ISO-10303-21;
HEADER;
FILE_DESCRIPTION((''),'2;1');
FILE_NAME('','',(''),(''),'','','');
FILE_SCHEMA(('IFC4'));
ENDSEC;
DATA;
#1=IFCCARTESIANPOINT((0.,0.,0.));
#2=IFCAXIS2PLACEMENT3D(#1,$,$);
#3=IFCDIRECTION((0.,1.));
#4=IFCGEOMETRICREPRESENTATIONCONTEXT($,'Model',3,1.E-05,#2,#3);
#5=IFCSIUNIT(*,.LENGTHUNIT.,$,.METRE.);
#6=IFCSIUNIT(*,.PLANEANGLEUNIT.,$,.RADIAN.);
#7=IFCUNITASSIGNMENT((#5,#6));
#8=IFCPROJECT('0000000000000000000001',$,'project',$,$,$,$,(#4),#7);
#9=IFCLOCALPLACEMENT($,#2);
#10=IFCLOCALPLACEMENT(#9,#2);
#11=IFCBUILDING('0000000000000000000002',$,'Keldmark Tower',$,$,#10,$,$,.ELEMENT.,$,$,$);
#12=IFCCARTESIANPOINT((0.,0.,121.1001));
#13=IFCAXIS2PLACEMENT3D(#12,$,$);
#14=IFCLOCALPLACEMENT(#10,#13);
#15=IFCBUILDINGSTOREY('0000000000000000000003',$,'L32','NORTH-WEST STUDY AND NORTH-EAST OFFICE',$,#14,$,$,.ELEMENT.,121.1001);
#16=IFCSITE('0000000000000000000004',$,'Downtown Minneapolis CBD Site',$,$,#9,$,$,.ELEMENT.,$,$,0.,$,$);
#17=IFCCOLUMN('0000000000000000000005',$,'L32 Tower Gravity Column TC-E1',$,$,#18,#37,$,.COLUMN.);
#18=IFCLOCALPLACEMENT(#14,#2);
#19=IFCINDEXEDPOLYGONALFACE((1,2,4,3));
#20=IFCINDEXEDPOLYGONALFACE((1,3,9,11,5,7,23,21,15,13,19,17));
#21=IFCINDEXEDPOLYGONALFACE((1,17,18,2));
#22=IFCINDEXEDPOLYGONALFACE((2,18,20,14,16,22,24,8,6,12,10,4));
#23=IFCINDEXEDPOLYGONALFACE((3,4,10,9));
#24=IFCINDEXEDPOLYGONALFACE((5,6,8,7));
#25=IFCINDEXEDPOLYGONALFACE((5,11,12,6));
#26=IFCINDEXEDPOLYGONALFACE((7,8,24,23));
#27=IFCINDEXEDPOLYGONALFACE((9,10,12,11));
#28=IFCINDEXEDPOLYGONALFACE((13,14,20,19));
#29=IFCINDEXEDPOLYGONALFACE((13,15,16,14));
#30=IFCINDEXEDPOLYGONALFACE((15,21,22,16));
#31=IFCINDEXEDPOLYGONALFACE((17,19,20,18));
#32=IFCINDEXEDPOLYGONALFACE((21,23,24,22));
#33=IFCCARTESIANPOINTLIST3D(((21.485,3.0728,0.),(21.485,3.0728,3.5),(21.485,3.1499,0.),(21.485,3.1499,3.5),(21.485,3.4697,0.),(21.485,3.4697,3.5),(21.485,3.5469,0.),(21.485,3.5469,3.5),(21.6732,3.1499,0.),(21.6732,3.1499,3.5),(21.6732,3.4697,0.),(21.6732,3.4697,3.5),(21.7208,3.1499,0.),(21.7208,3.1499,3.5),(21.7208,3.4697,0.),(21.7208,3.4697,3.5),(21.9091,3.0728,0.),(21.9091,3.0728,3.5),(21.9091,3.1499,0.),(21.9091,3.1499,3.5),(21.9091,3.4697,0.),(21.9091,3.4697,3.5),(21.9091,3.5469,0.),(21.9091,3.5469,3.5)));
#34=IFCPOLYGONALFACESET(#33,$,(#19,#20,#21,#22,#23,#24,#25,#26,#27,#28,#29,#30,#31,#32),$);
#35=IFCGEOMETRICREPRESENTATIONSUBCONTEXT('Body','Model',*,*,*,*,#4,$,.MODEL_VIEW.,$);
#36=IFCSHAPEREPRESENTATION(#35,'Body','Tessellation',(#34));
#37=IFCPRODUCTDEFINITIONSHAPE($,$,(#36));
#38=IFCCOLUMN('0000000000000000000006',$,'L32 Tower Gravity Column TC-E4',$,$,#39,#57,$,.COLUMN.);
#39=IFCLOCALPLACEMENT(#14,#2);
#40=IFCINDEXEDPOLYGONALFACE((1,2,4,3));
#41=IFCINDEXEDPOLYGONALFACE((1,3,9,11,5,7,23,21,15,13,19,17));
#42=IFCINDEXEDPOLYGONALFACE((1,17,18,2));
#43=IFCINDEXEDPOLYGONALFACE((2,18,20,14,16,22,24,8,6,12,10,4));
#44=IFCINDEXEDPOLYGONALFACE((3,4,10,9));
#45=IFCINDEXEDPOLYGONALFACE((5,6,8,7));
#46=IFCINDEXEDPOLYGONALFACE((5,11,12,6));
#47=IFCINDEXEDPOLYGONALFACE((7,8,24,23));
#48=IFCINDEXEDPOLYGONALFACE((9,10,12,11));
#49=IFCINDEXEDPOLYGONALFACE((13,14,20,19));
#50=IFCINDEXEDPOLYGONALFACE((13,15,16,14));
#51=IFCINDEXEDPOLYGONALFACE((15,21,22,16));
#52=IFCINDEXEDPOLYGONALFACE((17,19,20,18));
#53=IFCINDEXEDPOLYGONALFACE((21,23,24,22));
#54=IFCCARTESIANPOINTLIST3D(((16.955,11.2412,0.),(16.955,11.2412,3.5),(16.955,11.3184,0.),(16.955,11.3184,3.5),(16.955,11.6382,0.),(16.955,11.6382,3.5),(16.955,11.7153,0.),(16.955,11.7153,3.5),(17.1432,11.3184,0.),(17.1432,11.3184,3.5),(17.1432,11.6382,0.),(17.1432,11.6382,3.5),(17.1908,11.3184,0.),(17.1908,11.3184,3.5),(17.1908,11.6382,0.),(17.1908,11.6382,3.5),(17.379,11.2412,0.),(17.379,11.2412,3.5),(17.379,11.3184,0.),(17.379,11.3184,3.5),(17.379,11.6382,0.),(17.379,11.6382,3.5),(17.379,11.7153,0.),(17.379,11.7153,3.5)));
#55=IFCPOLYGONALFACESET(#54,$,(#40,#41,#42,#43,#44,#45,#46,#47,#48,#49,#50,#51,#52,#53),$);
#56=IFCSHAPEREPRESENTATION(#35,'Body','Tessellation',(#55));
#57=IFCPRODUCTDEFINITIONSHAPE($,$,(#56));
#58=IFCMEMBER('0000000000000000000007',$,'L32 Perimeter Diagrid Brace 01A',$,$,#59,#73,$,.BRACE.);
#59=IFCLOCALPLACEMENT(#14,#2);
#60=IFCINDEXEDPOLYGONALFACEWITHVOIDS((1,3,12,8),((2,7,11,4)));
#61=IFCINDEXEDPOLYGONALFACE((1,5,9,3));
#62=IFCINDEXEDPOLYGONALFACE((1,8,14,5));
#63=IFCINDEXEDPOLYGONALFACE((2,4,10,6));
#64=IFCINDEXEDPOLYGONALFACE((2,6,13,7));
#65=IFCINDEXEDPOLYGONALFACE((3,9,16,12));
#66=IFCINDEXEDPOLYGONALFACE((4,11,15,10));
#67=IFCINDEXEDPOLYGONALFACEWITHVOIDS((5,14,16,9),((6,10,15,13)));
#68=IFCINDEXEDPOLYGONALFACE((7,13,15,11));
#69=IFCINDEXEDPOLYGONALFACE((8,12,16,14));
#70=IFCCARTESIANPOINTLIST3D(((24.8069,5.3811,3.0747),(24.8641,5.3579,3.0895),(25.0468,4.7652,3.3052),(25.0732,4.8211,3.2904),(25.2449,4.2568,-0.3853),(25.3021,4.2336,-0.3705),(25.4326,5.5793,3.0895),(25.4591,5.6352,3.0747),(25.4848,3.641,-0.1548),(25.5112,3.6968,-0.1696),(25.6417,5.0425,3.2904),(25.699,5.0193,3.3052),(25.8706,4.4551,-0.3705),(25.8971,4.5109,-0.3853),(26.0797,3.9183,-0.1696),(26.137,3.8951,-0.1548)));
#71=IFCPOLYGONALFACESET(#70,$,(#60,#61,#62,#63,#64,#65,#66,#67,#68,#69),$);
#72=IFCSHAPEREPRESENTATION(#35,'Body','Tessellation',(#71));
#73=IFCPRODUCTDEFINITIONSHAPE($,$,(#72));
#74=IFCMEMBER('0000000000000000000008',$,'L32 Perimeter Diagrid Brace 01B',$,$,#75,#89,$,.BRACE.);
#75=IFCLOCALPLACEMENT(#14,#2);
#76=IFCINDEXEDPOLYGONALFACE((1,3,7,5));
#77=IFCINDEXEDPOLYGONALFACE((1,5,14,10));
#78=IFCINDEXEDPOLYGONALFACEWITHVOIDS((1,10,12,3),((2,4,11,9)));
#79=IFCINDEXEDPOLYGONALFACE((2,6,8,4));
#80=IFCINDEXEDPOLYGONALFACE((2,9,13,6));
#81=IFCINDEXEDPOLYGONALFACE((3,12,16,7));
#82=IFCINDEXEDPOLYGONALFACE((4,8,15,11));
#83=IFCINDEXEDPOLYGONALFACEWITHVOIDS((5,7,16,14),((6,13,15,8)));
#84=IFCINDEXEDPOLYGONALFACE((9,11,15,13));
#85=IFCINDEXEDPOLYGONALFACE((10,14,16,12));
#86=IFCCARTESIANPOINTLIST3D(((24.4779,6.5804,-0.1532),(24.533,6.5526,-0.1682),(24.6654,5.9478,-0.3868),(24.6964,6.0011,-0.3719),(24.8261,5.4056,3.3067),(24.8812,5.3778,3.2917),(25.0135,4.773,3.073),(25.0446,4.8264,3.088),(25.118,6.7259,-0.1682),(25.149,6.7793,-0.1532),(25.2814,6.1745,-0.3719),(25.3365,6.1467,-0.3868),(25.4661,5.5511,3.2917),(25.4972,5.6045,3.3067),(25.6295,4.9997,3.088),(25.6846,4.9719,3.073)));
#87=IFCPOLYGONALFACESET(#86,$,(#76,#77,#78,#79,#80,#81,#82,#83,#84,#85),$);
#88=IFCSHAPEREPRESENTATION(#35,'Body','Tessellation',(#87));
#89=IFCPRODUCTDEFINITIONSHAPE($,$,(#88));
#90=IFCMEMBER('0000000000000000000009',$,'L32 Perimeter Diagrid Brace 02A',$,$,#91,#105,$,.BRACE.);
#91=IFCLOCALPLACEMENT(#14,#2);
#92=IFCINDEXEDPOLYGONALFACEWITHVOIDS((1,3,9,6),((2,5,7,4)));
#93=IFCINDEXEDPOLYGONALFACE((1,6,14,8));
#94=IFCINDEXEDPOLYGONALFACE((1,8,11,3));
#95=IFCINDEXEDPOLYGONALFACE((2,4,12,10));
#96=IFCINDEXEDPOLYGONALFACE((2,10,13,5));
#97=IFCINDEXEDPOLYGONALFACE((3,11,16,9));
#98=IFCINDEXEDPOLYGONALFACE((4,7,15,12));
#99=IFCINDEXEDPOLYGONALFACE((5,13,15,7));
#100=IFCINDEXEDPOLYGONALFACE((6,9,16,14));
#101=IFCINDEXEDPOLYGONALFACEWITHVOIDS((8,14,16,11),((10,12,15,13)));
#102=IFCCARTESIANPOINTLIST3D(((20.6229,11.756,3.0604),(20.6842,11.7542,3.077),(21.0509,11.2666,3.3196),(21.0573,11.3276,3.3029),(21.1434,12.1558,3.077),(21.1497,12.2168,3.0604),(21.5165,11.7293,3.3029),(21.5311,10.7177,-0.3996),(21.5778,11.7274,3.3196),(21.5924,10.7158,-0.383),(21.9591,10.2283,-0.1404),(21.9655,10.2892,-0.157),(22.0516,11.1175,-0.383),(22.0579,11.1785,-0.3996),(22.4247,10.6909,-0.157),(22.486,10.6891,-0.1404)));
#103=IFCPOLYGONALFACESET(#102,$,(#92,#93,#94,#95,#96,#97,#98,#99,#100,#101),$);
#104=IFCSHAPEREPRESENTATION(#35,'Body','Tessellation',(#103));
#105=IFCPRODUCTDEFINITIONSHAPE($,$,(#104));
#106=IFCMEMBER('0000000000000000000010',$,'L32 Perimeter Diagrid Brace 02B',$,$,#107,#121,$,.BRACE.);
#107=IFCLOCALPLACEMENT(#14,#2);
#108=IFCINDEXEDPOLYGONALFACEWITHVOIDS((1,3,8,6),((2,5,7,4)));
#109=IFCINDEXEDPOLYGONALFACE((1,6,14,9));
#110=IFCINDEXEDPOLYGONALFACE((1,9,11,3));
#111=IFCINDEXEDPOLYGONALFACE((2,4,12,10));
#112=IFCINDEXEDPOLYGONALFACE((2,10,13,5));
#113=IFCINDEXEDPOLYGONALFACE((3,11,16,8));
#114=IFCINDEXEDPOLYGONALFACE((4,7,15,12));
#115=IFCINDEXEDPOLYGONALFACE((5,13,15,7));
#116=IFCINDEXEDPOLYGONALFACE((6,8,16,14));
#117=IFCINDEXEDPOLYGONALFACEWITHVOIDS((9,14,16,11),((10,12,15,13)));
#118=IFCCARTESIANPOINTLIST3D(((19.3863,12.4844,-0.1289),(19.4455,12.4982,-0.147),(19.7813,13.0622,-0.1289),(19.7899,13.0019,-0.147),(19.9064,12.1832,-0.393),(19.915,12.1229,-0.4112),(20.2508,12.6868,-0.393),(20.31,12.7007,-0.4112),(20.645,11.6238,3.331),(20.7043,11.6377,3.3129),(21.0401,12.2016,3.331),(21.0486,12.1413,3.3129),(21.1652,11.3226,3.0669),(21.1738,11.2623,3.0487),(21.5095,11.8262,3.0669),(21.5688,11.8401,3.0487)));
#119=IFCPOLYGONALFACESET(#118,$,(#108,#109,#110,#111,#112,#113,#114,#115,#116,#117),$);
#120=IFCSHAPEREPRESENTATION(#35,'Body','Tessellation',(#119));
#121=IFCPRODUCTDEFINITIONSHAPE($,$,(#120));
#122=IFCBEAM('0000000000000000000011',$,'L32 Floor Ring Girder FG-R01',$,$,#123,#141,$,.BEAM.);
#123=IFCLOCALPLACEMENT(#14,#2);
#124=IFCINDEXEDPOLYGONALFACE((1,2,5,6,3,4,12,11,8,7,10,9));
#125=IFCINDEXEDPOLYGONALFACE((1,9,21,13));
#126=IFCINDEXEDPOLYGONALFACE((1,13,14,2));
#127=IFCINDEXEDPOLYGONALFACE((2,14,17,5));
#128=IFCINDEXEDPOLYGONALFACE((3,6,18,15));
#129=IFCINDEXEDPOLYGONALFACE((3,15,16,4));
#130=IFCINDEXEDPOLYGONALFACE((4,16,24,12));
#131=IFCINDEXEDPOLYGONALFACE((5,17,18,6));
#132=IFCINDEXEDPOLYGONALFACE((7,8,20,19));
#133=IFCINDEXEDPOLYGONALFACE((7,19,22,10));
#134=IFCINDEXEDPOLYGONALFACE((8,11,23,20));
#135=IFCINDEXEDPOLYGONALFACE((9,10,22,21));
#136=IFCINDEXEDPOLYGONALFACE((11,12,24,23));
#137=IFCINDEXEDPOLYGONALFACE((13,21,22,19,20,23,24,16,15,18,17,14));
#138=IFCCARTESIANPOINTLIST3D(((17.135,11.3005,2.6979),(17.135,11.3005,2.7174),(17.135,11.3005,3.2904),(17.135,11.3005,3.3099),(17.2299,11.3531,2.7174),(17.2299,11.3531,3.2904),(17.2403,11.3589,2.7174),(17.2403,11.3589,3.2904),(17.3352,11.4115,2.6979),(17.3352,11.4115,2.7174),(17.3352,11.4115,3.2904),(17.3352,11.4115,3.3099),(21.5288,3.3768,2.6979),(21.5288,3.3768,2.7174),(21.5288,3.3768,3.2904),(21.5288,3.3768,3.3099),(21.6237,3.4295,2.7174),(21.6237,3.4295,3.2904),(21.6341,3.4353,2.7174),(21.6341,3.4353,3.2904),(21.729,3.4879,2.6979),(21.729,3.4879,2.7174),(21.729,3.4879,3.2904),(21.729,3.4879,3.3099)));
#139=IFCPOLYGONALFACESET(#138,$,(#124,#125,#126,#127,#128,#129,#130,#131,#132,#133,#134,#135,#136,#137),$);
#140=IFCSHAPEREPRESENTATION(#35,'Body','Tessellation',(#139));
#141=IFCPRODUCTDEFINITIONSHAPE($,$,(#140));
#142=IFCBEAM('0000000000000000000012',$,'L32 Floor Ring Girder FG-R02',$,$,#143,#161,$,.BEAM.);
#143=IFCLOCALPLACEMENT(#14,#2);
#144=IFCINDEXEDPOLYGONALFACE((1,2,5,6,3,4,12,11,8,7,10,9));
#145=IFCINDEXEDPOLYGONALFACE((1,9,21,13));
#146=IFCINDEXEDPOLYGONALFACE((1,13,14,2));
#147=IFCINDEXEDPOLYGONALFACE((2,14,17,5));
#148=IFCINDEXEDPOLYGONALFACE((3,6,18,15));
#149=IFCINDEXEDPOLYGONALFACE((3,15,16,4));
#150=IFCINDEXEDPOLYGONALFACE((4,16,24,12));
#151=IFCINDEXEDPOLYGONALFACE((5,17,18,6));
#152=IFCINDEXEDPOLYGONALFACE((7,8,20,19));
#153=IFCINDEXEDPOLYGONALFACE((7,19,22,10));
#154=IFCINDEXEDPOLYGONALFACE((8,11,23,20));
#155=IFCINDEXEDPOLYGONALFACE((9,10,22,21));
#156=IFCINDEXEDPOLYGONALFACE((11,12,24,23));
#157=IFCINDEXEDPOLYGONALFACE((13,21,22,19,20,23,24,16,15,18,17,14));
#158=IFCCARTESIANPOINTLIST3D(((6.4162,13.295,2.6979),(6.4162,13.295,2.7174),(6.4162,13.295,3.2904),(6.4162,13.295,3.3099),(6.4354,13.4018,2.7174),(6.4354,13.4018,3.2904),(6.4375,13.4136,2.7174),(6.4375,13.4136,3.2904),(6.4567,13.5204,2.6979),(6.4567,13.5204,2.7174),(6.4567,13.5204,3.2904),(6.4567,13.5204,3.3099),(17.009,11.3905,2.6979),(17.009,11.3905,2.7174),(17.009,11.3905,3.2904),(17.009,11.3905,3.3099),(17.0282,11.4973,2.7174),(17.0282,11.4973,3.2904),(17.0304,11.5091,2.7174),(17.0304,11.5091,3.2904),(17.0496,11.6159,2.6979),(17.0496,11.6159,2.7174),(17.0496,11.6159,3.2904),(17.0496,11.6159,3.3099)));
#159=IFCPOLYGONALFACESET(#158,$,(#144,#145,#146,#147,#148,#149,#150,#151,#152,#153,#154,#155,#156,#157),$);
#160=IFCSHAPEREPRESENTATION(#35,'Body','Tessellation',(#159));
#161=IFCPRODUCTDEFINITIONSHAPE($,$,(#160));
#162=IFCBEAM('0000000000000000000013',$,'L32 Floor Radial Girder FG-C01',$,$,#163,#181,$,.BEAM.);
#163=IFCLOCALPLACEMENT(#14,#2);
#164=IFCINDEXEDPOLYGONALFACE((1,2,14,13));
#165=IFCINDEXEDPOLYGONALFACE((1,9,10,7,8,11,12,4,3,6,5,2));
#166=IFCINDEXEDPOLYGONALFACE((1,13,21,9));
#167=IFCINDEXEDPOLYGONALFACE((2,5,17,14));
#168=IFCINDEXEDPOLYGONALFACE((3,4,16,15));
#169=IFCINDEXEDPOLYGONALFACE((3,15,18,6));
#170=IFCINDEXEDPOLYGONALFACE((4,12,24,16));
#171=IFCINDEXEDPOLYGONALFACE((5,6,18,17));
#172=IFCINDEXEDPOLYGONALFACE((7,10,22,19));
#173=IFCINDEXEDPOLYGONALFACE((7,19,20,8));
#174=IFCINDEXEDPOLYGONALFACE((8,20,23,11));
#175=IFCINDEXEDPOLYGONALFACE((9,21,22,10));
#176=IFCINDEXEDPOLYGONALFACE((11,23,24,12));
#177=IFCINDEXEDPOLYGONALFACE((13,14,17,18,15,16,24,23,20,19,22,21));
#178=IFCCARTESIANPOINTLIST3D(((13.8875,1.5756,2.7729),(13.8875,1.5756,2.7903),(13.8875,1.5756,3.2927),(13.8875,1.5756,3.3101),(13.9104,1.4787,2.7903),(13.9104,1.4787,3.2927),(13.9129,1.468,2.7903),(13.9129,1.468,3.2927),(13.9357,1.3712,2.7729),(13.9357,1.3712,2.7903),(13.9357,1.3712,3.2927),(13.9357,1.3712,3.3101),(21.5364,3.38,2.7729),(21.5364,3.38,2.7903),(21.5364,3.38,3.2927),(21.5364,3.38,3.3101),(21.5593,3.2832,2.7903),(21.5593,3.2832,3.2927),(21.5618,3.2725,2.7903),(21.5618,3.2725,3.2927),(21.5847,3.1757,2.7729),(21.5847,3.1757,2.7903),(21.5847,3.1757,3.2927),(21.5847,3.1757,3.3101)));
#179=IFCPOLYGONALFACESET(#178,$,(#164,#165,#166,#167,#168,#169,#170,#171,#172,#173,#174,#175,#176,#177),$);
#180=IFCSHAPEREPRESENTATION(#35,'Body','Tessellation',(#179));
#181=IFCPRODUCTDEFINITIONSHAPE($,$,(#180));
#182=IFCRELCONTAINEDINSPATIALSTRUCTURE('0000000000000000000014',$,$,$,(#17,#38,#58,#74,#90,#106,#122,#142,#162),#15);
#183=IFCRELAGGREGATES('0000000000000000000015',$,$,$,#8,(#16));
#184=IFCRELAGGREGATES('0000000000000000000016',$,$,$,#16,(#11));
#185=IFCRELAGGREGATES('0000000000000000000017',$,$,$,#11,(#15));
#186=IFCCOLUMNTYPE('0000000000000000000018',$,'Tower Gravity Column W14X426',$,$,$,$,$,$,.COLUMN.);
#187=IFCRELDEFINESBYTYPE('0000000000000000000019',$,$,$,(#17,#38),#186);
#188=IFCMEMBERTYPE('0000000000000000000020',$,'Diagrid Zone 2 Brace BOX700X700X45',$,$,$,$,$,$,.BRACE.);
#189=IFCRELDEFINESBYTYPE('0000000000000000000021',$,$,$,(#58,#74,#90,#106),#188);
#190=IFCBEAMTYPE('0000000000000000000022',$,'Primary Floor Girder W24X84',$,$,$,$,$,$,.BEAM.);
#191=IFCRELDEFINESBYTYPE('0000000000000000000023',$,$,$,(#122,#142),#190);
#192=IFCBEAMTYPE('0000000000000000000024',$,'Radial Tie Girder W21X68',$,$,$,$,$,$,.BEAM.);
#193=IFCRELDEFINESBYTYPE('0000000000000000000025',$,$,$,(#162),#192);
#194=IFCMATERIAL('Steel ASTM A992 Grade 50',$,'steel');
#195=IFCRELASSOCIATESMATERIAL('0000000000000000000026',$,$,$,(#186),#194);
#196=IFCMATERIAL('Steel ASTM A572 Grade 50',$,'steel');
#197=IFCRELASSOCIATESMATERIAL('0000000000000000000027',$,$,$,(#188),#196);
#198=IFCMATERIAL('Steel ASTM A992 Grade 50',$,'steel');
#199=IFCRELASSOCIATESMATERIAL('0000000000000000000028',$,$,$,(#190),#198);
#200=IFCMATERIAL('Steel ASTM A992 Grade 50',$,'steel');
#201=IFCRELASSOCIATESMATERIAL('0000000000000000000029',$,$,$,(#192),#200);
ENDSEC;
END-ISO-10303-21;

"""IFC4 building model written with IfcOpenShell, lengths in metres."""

from ifc_helpers import new_model, si_unit, direction, frame, origin, origin_2d, place, context, subcontext, project, spatial, hollow_rectangle, i_section, extrude, material, material_profile, profile_set, type_object, element, save


model = new_model("IFC4")

# Units and contexts
model_context = context("Model", 3, precision=1e-05, world=origin(), true_north=direction((0.0, 1.0)))
body_context = subcontext(model_context, "Body", "Model", "MODEL_VIEW")
ifc_project = project(units=[si_unit("LENGTHUNIT", "METRE"), si_unit("PLANEANGLEUNIT", "RADIAN")], contexts=[model_context])

# Site, building, storey
site_placement = place(None, origin())
site = spatial("IfcSite", under=ifc_project, at=site_placement, Name="Downtown Minneapolis CBD Site", CompositionType="ELEMENT", RefElevation=0.0)
building_placement = place(site_placement, origin())
building = spatial("IfcBuilding", under=site, at=building_placement, Name="Keldmark Tower", CompositionType="ELEMENT")
storey_placement = place(building_placement, frame((0.0, 0.0, 121.1001)))
storey = spatial("IfcBuildingStorey", under=building, at=storey_placement, Name="L32", Description="NORTH-WEST STUDY AND NORTH-EAST OFFICE", CompositionType="ELEMENT", Elevation=121.1001)

# Columns
ifc_material_1 = material(Name="Steel ASTM A992 Grade 50", Category="steel")
ifc_material_profile_1 = material_profile(ifc_material_1, i_section(OverallWidth=0.4241, OverallDepth=0.4741, WebThickness=0.0476, FlangeThickness=0.0771, at=origin_2d()), Name="W14X426")
ifc_profile_set_1 = profile_set([ifc_material_profile_1], Name="Steel ASTM A992 Grade 50")
column_type = type_object("IfcColumnType", Name="Tower Gravity Column W14X426", PredefinedType="COLUMN", material=ifc_profile_set_1)
for number, where, z_axis, x_axis, name in (
    (1, (21.697, 3.3098, 0.0), (0.0, 0.0, 1.0), (1.0, 0.0, 0.0), "L32 Tower Gravity Column TC-E1"),
    (2, (17.167, 11.4783, 0.0), (0.0, 0.0, 1.0), (1.0, 0.0, 0.0), "L32 Tower Gravity Column TC-E4"),
):
    element("IfcColumn", number, at=place(storey_placement, frame(where, z_axis=z_axis, x_axis=x_axis)), inside=storey, type_object=column_type, Name=name, PredefinedType="COLUMN", context=body_context, shape_type="SweptSolid", body=[
        extrude(i_section(OverallWidth=0.4241, OverallDepth=0.4741, WebThickness=0.0476, FlangeThickness=0.0771, at=origin_2d()), origin(), (0.0, 0.0, 1.0), 3.5),
    ])

# Members
ifc_material_2 = material(Name="Steel ASTM A572 Grade 50", Category="steel")
ifc_material_profile_2 = material_profile(ifc_material_2, hollow_rectangle(XDim=0.7, YDim=0.7, WallThickness=0.0449, at=origin_2d()), Name="BOX700X700X45")
ifc_profile_set_2 = profile_set([ifc_material_profile_2], Name="Steel ASTM A572 Grade 50")
member_type = type_object("IfcMemberType", Name="Diagrid Zone 2 Brace BOX700X700X45", PredefinedType="BRACE", material=ifc_profile_set_2)
member_1_placement = place(storey_placement, frame((25.6909, 4.0759, -0.27), z_axis=(-0.119528, 0.306816, 0.944234), x_axis=(-0.931788, -0.363003, 0.0)))
element("IfcMember", 3, at=member_1_placement, inside=storey, type_object=member_type, Name="L32 Perimeter Diagrid Brace 01A", PredefinedType="BRACE", context=body_context, shape_type="SweptSolid", body=[
    extrude(hollow_rectangle(XDim=0.7, YDim=0.7, WallThickness=0.0449, at=origin_2d()), origin(), (0.0, 0.0, 1.0), 3.6643),
])
member_2_placement = place(storey_placement, frame((24.9072, 6.3635, -0.27), z_axis=(0.094849, -0.320065, 0.942636), x_axis=(0.958786, 0.284129, 0.0)))
element("IfcMember", 4, at=member_2_placement, inside=storey, type_object=member_type, Name="L32 Perimeter Diagrid Brace 01B", PredefinedType="BRACE", context=body_context, shape_type="SweptSolid", body=[
    extrude(hollow_rectangle(XDim=0.7, YDim=0.7, WallThickness=0.0449, at=origin_2d()), origin(), (0.0, 0.0, 1.0), 3.6704),
])
member_3_placement = place(storey_placement, frame((22.0085, 10.7034, -0.27), z_axis=(-0.243825, 0.27876, 0.928893), x_axis=(-0.752697, -0.658367, 0.0)))
element("IfcMember", 5, at=member_3_placement, inside=storey, type_object=member_type, Name="L32 Perimeter Diagrid Brace 02A", PredefinedType="BRACE", context=body_context, shape_type="SweptSolid", body=[
    extrude(hollow_rectangle(XDim=0.7, YDim=0.7, WallThickness=0.0449, at=origin_2d()), origin(), (0.0, 0.0, 1.0), 3.7249),
])
member_4_placement = place(storey_placement, frame((19.8481, 12.5925, -0.27), z_axis=(0.332919, -0.227606, 0.915074), x_axis=(0.56438, 0.825515, 0.0)))
element("IfcMember", 6, at=member_4_placement, inside=storey, type_object=member_type, Name="L32 Perimeter Diagrid Brace 02B", PredefinedType="BRACE", context=body_context, shape_type="SweptSolid", body=[
    extrude(hollow_rectangle(XDim=0.7, YDim=0.7, WallThickness=0.0449, at=origin_2d()), origin(), (0.0, 0.0, 1.0), 3.781),
])

# Beams
ifc_material_3 = material(Name="Steel ASTM A992 Grade 50", Category="steel")
ifc_material_profile_3 = material_profile(ifc_material_3, i_section(OverallWidth=0.229, OverallDepth=0.6121, WebThickness=0.012, FlangeThickness=0.0195, at=origin_2d()), Name="W24X84")
ifc_profile_set_3 = profile_set([ifc_material_profile_3], Name="Steel ASTM A992 Grade 50")
beam_type_1 = type_object("IfcBeamType", Name="Primary Floor Girder W24X84", PredefinedType="BEAM", material=ifc_profile_set_3)
beam_1_placement = place(storey_placement, frame((21.6289, 3.4324, 3.0039), z_axis=(-0.484952, 0.874541, 0.0), x_axis=(-0.874541, -0.484952, 0.0)))
element("IfcBeam", 7, at=beam_1_placement, inside=storey, type_object=beam_type_1, Name="L32 Floor Ring Girder FG-R01", PredefinedType="BEAM", context=body_context, shape_type="SweptSolid", body=[
    extrude(i_section(OverallWidth=0.229, OverallDepth=0.6121, WebThickness=0.012, FlangeThickness=0.0195, at=origin_2d()), origin(), (0.0, 0.0, 1.0), 9.0603),
])
beam_2_placement = place(storey_placement, frame((17.0293, 11.5032, 3.0039), z_axis=(-0.984218, 0.176959, 0.0), x_axis=(-0.176959, -0.984218, 0.0)))
element("IfcBeam", 8, at=beam_2_placement, inside=storey, type_object=beam_type_1, Name="L32 Floor Ring Girder FG-R02", PredefinedType="BEAM", context=body_context, shape_type="SweptSolid", body=[
    extrude(i_section(OverallWidth=0.229, OverallDepth=0.6121, WebThickness=0.012, FlangeThickness=0.0195, at=origin_2d()), origin(), (0.0, 0.0, 1.0), 10.7627),
])
ifc_material_4 = material(Name="Steel ASTM A992 Grade 50", Category="steel")
ifc_material_profile_4 = material_profile(ifc_material_4, i_section(OverallWidth=0.21, OverallDepth=0.5371, WebThickness=0.011, FlangeThickness=0.0173, at=origin_2d()), Name="W21X68")
ifc_profile_set_4 = profile_set([ifc_material_profile_4], Name="Steel ASTM A992 Grade 50")
beam_type_2 = type_object("IfcBeamType", Name="Radial Tie Girder W21X68", PredefinedType="BEAM", material=ifc_profile_set_4)
beam_3_placement = place(storey_placement, frame((21.5605, 3.2778, 3.0415), z_axis=(-0.973284, -0.229606, 0.0), x_axis=(0.229606, -0.973284, 0.0)))
element("IfcBeam", 9, at=beam_3_placement, inside=storey, type_object=beam_type_2, Name="L32 Floor Radial Girder FG-C01", PredefinedType="BEAM", context=body_context, shape_type="SweptSolid", body=[
    extrude(i_section(OverallWidth=0.21, OverallDepth=0.5371, WebThickness=0.011, FlangeThickness=0.0173, at=origin_2d()), origin(), (0.0, 0.0, 1.0), 7.8589),
])

save(model, "model.ifc")
